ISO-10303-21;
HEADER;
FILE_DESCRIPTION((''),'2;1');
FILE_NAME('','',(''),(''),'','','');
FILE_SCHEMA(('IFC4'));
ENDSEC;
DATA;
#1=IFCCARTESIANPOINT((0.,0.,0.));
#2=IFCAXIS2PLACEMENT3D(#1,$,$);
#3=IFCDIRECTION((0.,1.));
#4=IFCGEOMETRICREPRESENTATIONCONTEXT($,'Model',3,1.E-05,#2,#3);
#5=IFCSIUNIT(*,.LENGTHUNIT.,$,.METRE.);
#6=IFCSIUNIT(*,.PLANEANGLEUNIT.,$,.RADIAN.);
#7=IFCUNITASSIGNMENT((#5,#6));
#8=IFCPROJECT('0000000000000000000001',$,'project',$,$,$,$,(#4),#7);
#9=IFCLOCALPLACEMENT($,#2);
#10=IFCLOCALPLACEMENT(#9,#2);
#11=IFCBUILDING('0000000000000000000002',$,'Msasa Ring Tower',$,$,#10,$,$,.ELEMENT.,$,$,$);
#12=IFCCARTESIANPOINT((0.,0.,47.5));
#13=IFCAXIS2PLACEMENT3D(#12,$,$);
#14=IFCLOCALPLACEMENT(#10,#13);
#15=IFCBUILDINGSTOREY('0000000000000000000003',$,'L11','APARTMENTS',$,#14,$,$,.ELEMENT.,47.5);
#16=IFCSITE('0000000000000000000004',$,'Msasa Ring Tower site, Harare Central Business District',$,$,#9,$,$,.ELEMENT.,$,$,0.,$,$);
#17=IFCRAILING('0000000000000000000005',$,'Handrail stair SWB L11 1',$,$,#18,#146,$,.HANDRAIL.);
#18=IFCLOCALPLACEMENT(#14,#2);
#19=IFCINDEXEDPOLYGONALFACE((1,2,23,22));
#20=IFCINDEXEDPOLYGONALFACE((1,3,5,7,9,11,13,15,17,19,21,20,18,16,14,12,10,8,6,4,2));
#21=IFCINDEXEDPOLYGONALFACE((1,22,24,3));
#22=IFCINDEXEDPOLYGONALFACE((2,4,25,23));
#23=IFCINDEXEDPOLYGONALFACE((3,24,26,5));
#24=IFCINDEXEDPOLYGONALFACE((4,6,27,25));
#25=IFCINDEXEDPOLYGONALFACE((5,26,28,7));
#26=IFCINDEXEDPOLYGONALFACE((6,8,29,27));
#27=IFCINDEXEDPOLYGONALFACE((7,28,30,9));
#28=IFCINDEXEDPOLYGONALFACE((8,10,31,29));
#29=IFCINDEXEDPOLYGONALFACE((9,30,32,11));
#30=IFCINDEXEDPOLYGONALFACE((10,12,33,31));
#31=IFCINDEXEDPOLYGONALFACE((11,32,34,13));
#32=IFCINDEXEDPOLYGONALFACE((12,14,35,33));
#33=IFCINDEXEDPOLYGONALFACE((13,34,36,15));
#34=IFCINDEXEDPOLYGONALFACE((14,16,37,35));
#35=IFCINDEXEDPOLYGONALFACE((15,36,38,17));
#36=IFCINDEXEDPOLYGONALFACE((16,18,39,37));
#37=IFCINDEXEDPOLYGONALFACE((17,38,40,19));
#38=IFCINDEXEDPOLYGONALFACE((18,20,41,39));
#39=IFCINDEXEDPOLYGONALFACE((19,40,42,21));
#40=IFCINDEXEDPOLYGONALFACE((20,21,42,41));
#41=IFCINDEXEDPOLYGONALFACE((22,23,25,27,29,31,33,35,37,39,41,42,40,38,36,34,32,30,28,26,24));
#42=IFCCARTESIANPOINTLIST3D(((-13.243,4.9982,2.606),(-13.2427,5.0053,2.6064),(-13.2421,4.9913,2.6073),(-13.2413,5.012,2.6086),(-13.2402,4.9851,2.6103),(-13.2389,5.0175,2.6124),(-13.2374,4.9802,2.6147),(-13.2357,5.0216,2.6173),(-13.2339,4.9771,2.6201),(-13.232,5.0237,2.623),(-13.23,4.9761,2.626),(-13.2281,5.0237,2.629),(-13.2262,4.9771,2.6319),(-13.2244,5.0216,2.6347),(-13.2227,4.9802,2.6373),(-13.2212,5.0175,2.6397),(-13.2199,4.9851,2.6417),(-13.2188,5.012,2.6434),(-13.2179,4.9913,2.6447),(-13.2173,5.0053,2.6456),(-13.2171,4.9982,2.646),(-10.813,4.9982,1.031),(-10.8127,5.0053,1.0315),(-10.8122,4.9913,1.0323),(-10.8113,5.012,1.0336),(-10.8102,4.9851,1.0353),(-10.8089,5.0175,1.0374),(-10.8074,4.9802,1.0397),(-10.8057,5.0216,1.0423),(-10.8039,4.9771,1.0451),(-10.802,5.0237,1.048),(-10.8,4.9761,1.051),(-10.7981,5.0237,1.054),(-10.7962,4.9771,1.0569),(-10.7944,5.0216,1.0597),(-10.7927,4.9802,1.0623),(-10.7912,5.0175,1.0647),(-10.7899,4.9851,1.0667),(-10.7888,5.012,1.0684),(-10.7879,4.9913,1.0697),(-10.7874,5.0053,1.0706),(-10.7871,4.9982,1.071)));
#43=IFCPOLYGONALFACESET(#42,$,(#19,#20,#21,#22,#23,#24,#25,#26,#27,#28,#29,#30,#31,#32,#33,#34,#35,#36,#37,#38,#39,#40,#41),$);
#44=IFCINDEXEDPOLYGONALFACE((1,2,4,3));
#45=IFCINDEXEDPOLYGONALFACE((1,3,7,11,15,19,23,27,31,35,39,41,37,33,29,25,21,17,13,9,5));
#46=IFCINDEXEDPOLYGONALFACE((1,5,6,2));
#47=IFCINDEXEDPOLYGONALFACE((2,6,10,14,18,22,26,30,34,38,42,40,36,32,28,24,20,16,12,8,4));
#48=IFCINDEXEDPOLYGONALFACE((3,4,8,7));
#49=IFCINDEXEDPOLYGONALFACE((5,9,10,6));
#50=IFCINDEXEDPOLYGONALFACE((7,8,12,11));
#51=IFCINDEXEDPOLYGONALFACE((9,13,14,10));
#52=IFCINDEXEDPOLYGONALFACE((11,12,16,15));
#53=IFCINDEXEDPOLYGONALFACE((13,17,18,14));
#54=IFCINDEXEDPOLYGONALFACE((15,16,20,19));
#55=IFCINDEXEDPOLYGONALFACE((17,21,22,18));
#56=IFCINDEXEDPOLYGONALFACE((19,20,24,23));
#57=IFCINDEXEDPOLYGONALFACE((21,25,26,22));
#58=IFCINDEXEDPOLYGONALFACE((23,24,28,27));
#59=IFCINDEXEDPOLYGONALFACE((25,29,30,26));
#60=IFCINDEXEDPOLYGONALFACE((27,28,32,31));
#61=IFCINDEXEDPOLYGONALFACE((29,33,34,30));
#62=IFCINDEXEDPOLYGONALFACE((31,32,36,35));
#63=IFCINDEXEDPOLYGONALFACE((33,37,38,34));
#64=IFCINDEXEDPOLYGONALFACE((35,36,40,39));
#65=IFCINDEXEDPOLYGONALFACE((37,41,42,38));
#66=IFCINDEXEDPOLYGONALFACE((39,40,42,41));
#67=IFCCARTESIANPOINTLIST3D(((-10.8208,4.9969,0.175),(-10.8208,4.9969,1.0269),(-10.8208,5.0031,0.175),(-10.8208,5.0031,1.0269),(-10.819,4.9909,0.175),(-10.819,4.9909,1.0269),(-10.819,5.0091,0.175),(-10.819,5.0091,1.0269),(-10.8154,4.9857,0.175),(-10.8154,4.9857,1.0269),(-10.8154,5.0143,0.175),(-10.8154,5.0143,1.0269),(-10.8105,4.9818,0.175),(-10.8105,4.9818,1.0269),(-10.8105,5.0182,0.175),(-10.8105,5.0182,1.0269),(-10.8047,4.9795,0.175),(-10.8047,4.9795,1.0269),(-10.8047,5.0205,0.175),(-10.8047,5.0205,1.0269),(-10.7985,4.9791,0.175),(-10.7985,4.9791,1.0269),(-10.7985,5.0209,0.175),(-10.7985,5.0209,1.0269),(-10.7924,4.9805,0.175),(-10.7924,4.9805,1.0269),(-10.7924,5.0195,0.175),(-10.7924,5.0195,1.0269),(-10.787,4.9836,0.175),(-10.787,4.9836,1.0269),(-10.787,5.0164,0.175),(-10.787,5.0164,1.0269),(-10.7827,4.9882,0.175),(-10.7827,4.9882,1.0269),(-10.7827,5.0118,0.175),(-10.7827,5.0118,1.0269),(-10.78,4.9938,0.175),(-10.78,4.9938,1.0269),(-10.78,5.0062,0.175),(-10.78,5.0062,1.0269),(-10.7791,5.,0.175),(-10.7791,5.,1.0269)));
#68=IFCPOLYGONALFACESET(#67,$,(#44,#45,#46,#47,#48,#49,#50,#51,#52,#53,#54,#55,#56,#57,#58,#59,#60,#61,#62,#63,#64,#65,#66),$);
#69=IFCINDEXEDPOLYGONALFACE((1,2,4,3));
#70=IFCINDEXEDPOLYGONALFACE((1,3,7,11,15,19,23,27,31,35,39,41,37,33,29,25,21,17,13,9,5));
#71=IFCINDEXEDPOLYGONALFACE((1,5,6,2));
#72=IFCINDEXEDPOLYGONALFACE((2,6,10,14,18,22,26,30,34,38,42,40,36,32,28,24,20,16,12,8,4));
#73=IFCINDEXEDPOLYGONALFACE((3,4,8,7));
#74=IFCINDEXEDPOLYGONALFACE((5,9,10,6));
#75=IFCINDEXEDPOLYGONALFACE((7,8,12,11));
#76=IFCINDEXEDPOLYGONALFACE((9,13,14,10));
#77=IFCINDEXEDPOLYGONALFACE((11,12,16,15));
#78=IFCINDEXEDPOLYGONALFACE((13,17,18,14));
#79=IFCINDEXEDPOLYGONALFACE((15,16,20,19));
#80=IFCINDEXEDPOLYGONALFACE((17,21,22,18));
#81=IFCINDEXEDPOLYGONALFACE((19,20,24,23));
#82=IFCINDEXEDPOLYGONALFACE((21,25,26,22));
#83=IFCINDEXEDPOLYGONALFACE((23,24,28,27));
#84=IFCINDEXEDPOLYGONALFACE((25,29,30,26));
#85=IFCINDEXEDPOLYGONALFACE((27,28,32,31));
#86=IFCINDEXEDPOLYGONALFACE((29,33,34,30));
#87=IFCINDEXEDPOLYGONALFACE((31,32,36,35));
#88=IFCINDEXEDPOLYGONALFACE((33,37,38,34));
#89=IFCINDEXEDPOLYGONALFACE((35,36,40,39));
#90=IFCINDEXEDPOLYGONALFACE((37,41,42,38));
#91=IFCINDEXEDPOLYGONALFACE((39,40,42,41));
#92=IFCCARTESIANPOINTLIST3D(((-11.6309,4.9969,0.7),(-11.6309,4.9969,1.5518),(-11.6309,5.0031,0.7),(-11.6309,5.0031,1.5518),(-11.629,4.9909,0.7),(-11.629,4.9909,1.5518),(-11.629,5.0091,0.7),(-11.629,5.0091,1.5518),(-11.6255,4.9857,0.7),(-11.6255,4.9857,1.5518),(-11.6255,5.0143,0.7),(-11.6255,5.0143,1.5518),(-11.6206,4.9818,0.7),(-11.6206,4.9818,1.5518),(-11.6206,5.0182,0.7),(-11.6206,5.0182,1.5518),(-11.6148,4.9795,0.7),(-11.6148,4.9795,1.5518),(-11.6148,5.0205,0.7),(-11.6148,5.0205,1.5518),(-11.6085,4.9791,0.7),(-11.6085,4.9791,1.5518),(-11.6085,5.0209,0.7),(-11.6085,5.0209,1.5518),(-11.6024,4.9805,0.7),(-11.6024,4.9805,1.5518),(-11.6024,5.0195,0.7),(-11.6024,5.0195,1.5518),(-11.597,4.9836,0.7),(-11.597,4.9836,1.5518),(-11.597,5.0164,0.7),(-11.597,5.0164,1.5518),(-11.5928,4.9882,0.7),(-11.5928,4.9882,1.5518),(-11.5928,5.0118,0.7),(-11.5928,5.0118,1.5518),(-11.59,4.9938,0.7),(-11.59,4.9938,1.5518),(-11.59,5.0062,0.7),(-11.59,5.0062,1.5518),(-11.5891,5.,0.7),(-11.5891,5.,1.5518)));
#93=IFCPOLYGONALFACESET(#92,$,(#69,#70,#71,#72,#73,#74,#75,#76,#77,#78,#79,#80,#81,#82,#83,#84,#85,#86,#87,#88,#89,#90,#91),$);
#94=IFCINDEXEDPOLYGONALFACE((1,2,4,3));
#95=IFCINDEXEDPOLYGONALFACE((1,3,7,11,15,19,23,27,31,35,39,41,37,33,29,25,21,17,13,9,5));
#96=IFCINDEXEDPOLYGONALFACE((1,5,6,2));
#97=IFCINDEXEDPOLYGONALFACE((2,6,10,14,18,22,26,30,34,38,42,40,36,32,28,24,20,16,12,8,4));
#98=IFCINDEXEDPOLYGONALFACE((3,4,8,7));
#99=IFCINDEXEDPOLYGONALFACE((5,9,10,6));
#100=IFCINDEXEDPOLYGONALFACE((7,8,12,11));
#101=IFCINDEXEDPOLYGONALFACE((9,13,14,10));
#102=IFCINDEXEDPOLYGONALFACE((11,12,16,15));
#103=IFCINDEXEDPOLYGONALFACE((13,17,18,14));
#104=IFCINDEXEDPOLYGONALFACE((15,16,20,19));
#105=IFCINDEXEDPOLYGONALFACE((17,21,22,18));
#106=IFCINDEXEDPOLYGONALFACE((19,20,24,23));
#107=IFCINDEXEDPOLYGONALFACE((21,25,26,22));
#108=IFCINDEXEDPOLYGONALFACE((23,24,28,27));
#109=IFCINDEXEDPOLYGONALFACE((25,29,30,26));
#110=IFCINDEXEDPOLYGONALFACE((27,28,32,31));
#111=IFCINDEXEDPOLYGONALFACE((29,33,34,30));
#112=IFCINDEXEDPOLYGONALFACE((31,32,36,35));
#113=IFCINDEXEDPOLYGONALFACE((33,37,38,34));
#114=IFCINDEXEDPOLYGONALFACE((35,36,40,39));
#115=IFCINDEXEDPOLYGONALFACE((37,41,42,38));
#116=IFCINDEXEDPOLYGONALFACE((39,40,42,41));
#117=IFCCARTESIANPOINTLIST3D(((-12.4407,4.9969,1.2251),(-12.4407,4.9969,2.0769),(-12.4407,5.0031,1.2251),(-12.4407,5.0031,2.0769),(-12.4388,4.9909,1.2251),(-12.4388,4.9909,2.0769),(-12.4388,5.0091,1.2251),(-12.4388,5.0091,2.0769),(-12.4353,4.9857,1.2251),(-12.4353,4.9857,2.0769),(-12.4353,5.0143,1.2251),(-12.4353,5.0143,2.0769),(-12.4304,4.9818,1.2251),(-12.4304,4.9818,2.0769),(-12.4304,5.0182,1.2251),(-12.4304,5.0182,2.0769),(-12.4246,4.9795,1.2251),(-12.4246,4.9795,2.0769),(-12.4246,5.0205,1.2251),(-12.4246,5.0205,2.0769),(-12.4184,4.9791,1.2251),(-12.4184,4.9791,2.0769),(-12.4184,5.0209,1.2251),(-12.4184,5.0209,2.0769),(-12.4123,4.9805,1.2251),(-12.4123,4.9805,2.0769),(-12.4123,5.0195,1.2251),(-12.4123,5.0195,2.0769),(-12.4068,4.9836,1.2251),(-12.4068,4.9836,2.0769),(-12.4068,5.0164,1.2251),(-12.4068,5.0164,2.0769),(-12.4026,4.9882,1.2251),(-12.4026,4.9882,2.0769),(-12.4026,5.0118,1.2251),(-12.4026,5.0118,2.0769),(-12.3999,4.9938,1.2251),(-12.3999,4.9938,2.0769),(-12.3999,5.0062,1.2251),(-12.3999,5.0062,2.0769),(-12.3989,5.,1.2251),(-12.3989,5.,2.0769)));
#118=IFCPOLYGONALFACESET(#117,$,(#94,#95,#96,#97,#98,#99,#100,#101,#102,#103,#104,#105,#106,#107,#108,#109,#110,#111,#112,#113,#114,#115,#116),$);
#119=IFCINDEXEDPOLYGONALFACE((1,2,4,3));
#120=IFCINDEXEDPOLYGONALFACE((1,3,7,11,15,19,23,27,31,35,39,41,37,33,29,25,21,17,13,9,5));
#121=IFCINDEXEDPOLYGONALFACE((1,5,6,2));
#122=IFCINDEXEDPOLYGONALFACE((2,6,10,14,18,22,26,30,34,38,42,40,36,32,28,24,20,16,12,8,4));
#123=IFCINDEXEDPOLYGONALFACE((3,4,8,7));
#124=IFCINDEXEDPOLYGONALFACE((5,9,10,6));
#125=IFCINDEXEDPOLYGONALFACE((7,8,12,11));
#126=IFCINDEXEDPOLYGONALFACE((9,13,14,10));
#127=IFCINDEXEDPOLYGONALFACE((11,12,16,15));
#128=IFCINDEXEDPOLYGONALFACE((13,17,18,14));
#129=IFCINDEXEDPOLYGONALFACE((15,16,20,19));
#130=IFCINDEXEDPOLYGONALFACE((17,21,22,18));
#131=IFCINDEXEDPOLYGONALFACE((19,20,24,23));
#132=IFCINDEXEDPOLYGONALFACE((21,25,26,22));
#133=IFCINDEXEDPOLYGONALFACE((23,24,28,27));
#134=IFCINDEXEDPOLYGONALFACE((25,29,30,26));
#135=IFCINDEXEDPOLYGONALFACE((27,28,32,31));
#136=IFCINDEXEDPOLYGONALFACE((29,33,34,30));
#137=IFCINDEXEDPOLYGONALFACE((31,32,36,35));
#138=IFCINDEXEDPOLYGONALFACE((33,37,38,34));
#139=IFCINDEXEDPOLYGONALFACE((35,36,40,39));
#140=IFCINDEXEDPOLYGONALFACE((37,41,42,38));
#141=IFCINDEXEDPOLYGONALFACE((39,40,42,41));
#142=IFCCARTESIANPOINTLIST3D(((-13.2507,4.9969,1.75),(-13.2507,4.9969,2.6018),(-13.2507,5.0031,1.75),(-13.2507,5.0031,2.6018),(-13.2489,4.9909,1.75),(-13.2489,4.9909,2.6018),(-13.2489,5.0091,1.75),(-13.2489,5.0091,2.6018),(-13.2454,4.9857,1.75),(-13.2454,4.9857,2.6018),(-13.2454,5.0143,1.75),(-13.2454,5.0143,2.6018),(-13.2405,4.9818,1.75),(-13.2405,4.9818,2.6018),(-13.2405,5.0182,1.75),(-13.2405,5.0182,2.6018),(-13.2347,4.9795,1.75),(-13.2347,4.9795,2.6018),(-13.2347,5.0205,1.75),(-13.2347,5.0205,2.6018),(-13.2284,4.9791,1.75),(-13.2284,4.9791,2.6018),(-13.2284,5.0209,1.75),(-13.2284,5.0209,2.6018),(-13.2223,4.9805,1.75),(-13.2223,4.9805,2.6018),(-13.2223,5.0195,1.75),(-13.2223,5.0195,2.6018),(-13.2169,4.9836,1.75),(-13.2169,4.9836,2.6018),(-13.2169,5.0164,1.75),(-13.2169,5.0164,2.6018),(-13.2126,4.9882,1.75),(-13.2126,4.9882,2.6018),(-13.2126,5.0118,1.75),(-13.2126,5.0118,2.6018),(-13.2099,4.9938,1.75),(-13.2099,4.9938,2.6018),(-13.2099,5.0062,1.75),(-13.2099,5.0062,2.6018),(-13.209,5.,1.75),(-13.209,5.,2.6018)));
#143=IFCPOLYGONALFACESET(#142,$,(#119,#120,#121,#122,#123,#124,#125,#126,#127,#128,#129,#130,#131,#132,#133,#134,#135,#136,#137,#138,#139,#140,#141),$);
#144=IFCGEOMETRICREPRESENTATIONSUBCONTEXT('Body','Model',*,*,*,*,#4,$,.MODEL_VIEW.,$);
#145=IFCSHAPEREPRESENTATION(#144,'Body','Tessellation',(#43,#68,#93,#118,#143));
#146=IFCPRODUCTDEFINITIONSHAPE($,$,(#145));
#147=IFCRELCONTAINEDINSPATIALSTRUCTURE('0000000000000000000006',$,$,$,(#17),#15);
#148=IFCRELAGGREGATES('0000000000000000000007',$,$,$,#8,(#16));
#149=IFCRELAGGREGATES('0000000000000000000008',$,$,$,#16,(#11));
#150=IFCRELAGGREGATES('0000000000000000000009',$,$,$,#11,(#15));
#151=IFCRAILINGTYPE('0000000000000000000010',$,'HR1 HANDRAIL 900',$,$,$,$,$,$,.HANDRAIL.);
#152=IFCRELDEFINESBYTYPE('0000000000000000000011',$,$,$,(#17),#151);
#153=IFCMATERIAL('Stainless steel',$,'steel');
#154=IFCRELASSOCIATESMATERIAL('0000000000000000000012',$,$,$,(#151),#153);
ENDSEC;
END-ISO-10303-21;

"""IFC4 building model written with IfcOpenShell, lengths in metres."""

from ifc_helpers import new_model, si_unit, direction, frame, origin, origin_2d, place, context, subcontext, project, spatial, circle, extrude, material, type_object, element, save


model = new_model("IFC4")

# Units and contexts
model_context = context("Model", 3, precision=1e-05, world=origin(), true_north=direction((0.0, 1.0)))
body_context = subcontext(model_context, "Body", "Model", "MODEL_VIEW")
ifc_project = project(units=[si_unit("LENGTHUNIT", "METRE"), si_unit("PLANEANGLEUNIT", "RADIAN")], contexts=[model_context])

# Site, building, storey
site_placement = place(None, origin())
site = spatial("IfcSite", under=ifc_project, at=site_placement, Name="Msasa Ring Tower site, Harare Central Business District", CompositionType="ELEMENT", RefElevation=0.0)
building_placement = place(site_placement, origin())
building = spatial("IfcBuilding", under=site, at=building_placement, Name="Msasa Ring Tower", CompositionType="ELEMENT")
storey_placement = place(building_placement, frame((0.0, 0.0, 47.5)))
storey = spatial("IfcBuildingStorey", under=building, at=storey_placement, Name="L11", Description="APARTMENTS", CompositionType="ELEMENT", Elevation=47.5)

# Railing
ifc_material_1 = material(Name="Stainless steel", Category="steel")
railing_type = type_object("IfcRailingType", Name="HR1 HANDRAIL 900", PredefinedType="HANDRAIL", material=ifc_material_1)
for number, where, name in (
    (1, (-10.8, 5.0, 0.175), "Handrail stair SWB L11 1"),
):
    element("IfcRailing", number, at=place(storey_placement, frame(where)), inside=storey, type_object=railing_type, Name=name, PredefinedType="HANDRAIL", context=body_context, shape_type="SweptSolid", body=[
        extrude(circle(Radius=0.0239, at=origin_2d()), frame((0.0, 0.0, 0.876), z_axis=(-0.839154, 0.0, 0.543894), x_axis=(0.0, -1.0, 0.0)), (0.0, 0.0, 1.0), 2.8958),
        extrude(circle(Radius=0.021, at=origin_2d()), origin(), (0.0, 0.0, 1.0), 0.8518),
        extrude(circle(Radius=0.021, at=origin_2d()), frame((-0.8101, 0.0, 0.5249)), (0.0, 0.0, 1.0), 0.8518),
        extrude(circle(Radius=0.021, at=origin_2d()), frame((-1.6199, 0.0, 1.05)), (0.0, 0.0, 1.0), 0.8518),
        extrude(circle(Radius=0.021, at=origin_2d()), frame((-2.4299, 0.0, 1.575)), (0.0, 0.0, 1.0), 0.8518),
    ])

save(model, "model.ifc")
